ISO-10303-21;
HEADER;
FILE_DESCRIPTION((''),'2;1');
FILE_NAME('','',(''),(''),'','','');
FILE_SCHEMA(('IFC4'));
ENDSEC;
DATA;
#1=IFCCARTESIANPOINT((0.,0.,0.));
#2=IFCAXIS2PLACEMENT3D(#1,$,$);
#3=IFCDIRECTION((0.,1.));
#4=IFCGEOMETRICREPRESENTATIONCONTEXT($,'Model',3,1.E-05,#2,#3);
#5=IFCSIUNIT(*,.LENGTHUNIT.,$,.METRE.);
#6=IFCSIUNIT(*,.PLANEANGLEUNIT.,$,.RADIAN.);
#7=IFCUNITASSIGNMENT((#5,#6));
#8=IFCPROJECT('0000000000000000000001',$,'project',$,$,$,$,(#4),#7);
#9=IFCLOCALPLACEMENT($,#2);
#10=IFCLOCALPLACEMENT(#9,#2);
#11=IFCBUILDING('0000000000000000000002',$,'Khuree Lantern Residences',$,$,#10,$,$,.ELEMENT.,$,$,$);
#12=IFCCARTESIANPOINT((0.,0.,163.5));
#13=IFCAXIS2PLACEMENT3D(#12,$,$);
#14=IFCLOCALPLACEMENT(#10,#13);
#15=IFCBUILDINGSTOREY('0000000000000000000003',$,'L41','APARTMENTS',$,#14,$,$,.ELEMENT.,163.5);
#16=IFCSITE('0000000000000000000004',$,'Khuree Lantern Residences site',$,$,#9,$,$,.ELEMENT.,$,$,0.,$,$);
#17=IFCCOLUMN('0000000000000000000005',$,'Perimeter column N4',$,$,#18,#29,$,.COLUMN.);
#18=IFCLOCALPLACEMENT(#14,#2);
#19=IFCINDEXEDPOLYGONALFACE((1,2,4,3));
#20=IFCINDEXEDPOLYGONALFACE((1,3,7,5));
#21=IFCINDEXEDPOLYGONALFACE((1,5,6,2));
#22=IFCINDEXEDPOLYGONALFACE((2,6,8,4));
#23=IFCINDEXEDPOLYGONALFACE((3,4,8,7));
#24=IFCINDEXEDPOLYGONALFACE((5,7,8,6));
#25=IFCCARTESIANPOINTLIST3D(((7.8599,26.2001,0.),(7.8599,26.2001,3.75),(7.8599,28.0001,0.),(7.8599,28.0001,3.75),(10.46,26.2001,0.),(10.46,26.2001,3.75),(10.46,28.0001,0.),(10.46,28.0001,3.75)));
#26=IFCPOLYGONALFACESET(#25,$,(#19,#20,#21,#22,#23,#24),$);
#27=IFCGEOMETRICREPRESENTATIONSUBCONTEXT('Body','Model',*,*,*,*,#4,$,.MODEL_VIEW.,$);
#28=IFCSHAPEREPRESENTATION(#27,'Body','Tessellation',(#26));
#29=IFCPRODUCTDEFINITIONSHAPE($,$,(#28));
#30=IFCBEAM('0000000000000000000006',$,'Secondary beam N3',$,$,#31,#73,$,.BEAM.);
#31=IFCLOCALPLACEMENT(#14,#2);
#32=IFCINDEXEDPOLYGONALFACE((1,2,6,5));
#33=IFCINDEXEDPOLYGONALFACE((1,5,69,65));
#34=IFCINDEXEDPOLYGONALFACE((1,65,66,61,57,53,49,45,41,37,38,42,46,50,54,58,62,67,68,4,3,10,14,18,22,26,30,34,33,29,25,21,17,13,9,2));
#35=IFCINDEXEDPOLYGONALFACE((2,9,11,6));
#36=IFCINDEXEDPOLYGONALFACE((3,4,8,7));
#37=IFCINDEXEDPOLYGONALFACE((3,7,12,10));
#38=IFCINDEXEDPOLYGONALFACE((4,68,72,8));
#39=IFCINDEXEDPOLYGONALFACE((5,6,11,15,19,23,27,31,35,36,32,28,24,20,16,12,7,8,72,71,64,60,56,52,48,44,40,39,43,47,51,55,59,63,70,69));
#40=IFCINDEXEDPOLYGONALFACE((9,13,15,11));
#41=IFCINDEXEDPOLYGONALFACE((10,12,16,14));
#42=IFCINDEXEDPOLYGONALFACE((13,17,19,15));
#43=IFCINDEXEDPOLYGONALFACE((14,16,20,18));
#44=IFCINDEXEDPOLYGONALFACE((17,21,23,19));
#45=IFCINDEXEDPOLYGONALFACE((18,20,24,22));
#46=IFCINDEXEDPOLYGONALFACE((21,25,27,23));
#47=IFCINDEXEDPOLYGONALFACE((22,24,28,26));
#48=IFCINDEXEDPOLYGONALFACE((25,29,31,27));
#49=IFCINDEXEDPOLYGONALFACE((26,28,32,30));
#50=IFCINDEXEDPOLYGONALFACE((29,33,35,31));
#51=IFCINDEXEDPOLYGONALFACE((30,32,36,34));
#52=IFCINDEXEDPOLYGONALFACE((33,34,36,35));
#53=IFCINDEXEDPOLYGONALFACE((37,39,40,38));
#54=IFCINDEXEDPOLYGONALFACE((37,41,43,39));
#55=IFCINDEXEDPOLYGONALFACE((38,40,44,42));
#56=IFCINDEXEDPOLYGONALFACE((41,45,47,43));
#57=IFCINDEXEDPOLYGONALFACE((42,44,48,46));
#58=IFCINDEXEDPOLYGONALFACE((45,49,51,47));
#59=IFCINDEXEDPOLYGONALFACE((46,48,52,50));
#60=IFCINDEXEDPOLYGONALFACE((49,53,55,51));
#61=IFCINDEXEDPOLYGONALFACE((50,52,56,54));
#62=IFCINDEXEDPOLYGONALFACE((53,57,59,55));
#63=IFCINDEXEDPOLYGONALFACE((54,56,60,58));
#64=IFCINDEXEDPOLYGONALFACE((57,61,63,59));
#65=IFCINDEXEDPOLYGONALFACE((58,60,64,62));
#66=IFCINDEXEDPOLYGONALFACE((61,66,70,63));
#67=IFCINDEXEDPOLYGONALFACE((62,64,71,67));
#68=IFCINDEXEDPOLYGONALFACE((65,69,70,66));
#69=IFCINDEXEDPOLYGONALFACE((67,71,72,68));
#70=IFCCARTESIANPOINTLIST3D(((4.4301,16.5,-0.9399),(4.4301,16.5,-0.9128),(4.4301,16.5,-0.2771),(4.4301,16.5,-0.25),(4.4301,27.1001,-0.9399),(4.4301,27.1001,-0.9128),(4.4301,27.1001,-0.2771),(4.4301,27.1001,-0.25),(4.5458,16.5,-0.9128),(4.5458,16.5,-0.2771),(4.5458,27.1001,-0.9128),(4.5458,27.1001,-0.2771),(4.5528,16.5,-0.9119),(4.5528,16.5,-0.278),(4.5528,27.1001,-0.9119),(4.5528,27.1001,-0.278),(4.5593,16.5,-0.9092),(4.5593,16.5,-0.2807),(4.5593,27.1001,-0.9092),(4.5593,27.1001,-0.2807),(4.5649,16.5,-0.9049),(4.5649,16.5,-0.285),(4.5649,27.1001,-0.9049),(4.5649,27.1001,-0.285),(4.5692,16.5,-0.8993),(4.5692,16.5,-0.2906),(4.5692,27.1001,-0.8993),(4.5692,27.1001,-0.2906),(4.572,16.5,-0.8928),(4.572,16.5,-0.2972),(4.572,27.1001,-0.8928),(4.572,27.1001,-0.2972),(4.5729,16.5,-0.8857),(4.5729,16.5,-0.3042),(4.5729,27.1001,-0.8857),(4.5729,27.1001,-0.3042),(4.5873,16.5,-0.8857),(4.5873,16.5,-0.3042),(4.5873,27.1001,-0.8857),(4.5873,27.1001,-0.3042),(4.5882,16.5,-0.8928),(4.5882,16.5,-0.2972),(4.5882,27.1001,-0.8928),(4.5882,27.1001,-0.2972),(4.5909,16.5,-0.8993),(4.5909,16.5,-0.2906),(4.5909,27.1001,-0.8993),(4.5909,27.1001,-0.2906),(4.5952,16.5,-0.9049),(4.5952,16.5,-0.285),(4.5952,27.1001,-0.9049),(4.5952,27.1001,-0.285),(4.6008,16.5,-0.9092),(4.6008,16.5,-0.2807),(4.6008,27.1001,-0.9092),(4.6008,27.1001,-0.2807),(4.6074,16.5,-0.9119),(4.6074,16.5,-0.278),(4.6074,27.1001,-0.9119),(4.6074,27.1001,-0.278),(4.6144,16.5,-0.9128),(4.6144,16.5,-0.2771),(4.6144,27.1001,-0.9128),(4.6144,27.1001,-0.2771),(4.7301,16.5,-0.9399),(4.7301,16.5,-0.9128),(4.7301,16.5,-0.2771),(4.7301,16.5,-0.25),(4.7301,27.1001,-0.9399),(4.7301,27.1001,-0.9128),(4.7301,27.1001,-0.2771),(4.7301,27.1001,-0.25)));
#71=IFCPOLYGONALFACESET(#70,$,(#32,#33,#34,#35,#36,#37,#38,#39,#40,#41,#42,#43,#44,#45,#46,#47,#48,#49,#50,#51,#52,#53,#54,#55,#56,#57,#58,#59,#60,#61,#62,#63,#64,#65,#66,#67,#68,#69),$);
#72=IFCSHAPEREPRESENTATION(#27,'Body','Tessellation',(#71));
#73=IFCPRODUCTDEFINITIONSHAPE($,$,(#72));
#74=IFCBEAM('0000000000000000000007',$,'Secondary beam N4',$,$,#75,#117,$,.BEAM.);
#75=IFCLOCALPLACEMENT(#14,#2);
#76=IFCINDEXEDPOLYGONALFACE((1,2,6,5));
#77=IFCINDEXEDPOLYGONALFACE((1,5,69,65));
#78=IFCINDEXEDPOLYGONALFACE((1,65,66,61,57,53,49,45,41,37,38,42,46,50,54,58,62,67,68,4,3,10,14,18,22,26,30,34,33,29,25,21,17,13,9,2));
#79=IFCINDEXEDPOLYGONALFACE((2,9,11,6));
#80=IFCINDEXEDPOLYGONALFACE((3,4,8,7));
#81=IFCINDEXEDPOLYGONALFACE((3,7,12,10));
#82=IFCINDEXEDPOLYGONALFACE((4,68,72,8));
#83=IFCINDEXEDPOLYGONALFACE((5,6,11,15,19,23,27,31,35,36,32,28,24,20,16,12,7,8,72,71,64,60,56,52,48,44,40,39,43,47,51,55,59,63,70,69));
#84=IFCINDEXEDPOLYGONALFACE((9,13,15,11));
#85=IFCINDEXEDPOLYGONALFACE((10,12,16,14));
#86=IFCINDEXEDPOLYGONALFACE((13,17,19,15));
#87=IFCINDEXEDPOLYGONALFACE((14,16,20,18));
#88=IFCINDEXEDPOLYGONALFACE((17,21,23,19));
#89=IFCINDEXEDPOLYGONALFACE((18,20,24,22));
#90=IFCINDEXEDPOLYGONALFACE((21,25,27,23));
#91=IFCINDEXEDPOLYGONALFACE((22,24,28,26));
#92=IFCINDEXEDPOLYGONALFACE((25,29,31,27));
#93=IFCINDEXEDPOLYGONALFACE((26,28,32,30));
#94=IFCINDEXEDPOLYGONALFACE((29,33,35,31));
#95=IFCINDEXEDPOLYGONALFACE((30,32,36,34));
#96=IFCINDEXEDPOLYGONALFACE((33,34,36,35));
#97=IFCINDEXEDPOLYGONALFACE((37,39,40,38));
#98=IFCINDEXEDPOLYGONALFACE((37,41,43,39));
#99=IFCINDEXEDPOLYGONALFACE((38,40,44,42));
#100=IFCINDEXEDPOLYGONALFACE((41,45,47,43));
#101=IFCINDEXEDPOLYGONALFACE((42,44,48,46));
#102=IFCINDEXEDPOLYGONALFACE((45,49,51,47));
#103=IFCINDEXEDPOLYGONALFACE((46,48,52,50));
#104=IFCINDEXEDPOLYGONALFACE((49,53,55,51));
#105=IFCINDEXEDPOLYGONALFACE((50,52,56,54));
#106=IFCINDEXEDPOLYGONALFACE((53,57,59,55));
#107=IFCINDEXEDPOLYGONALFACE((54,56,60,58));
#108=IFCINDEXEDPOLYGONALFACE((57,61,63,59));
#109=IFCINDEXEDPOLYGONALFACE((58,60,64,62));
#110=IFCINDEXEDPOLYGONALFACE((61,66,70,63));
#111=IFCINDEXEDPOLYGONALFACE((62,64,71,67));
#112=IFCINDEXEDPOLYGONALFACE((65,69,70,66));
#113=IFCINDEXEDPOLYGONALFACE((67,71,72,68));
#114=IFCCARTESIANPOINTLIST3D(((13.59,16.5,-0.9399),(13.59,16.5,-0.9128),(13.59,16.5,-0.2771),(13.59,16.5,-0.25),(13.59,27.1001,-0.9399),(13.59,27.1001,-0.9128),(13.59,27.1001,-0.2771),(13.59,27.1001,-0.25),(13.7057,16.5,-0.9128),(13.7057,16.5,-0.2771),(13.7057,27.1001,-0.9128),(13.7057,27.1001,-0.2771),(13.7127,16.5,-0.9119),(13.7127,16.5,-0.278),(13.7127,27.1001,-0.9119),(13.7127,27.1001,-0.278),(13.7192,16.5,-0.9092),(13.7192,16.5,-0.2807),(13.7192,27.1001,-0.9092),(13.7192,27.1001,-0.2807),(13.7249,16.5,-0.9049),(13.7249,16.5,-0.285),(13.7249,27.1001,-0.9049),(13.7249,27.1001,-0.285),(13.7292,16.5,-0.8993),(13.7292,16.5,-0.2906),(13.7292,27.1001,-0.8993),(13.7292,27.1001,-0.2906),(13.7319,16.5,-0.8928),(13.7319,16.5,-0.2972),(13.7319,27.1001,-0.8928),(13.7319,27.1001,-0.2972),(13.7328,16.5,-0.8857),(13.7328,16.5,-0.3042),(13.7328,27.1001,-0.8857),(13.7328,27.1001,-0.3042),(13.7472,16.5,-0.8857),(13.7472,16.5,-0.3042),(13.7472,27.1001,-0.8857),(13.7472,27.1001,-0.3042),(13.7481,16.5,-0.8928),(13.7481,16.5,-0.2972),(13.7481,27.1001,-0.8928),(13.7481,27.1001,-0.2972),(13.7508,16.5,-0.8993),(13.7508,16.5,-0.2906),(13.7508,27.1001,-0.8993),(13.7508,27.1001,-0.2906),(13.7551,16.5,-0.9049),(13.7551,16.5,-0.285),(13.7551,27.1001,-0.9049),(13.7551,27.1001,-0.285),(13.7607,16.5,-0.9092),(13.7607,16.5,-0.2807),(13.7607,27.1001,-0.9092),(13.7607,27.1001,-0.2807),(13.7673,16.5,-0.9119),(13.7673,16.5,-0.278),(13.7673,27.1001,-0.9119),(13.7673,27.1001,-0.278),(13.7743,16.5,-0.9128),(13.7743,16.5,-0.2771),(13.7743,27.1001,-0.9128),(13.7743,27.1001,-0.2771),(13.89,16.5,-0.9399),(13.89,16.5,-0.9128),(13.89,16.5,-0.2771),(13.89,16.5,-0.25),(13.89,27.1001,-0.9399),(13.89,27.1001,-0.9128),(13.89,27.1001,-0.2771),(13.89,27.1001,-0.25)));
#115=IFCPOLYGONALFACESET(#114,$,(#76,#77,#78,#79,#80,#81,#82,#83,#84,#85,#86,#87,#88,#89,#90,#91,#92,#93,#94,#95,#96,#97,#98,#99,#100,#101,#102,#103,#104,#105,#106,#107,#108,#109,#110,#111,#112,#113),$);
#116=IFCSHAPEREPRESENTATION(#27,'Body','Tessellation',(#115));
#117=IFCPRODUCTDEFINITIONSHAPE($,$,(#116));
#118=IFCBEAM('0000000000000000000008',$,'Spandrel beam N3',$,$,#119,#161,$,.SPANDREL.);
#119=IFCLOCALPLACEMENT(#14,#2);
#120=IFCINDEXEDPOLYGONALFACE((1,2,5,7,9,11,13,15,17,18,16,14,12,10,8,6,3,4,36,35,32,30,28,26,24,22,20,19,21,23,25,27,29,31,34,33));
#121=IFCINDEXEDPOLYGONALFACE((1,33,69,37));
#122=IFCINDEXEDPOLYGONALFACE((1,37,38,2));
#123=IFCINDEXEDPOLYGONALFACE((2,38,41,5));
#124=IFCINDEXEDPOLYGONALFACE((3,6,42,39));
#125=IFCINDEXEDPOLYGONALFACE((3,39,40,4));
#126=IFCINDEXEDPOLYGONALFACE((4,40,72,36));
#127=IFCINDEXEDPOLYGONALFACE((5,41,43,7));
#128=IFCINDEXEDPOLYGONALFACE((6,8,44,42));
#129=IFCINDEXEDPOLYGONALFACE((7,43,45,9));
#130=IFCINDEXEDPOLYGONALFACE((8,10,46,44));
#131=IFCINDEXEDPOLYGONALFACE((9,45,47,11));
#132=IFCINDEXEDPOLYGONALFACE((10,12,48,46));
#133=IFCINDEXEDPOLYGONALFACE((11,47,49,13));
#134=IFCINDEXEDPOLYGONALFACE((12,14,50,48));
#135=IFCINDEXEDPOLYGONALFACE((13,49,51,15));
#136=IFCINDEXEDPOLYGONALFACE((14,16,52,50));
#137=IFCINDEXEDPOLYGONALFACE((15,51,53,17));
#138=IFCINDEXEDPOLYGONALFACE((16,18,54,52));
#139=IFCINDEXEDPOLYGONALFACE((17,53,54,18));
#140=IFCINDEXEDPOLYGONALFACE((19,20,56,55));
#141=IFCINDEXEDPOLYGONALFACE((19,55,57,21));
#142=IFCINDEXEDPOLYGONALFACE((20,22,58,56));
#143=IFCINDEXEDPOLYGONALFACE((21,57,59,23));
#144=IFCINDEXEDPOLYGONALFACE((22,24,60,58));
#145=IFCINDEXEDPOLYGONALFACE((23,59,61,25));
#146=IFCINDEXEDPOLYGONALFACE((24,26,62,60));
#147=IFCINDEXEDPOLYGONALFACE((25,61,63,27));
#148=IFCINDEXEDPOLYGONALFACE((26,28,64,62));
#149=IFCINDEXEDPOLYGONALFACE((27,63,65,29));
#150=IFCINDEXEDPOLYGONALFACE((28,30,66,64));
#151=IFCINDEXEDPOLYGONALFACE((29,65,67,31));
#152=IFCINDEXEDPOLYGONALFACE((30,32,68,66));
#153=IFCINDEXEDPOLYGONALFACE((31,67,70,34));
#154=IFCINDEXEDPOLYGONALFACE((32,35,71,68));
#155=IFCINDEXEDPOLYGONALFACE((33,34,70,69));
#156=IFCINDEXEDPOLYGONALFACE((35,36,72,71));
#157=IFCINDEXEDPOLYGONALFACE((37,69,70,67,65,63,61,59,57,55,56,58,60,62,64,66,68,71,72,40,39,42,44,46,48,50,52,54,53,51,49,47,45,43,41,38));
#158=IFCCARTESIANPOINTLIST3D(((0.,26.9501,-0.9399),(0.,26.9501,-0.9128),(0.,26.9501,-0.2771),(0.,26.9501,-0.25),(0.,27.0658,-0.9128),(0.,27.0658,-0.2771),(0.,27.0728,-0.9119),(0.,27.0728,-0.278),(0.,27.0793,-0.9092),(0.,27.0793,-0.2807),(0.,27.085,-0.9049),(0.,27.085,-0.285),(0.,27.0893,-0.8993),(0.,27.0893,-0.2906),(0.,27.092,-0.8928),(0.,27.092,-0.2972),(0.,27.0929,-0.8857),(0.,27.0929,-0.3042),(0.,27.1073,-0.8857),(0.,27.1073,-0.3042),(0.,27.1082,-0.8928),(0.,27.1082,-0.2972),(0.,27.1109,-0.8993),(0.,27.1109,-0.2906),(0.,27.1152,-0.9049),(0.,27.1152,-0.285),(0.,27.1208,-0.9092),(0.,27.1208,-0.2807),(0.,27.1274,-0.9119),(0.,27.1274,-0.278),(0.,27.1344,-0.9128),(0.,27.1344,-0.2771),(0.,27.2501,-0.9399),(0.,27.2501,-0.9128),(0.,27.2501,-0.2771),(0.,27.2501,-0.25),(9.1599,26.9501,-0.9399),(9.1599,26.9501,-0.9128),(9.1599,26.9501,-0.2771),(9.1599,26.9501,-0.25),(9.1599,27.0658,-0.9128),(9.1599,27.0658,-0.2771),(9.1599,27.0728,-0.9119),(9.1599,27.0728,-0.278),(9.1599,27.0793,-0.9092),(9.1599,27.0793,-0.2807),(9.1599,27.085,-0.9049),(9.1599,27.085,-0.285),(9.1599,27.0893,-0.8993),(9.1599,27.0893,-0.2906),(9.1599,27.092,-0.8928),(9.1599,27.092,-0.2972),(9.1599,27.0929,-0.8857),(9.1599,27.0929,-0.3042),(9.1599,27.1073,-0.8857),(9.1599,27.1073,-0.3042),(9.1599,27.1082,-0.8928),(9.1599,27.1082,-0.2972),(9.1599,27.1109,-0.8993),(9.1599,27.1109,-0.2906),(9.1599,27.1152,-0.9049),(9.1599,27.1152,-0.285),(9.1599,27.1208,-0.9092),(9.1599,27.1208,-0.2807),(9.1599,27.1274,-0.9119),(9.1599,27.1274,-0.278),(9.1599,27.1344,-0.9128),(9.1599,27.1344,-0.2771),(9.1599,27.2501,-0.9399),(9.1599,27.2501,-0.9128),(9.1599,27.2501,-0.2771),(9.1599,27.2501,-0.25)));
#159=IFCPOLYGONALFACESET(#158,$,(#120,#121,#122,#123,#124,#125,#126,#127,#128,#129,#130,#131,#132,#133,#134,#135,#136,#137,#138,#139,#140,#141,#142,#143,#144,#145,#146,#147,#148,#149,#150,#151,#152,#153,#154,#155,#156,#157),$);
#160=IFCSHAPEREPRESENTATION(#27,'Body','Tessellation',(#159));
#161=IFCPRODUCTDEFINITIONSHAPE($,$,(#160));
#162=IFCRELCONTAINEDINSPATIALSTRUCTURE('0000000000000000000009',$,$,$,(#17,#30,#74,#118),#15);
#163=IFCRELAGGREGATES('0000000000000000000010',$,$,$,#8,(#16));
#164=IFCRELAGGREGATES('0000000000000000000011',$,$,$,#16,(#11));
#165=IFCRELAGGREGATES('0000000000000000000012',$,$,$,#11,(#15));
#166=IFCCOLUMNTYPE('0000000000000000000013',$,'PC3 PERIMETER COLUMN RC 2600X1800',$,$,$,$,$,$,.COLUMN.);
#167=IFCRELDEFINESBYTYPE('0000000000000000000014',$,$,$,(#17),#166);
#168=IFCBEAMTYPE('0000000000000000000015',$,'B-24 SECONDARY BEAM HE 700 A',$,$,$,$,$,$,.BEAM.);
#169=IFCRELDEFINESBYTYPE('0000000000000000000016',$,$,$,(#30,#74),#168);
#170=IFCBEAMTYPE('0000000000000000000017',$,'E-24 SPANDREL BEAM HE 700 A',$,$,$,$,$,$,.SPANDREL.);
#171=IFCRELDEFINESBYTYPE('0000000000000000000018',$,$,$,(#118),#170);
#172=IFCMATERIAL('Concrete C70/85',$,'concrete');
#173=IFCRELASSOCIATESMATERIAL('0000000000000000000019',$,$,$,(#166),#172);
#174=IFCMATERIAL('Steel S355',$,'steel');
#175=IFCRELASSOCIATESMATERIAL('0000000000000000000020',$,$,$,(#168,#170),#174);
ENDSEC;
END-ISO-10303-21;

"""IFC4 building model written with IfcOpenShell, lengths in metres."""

from ifc_helpers import new_model, si_unit, direction, frame, origin, origin_2d, place, context, subcontext, project, spatial, rectangle, i_section, extrude, material, material_profile, profile_set, type_object, element, save


model = new_model("IFC4")

# Units and contexts
model_context = context("Model", 3, precision=1e-05, world=origin(), true_north=direction((0.0, 1.0)))
body_context = subcontext(model_context, "Body", "Model", "MODEL_VIEW")
ifc_project = project(units=[si_unit("LENGTHUNIT", "METRE"), si_unit("PLANEANGLEUNIT", "RADIAN")], contexts=[model_context])

# Site, building, storey
site_placement = place(None, origin())
site = spatial("IfcSite", under=ifc_project, at=site_placement, Name="Khuree Lantern Residences site", CompositionType="ELEMENT", RefElevation=0.0)
building_placement = place(site_placement, origin())
building = spatial("IfcBuilding", under=site, at=building_placement, Name="Khuree Lantern Residences", CompositionType="ELEMENT")
storey_placement = place(building_placement, frame((0.0, 0.0, 163.5)))
storey = spatial("IfcBuildingStorey", under=building, at=storey_placement, Name="L41", Description="APARTMENTS", CompositionType="ELEMENT", Elevation=163.5)

# Column
ifc_material_1 = material(Name="Concrete C70/85", Category="concrete")
ifc_material_profile_1 = material_profile(ifc_material_1, rectangle(XDim=2.6001, YDim=1.8, at=origin_2d()), Name="RC 2600X1800")
ifc_profile_set_1 = profile_set([ifc_material_profile_1], Name="Concrete C70/85")
column_type = type_object("IfcColumnType", Name="PC3 PERIMETER COLUMN RC 2600X1800", PredefinedType="COLUMN", material=ifc_profile_set_1)
column_placement = place(storey_placement, frame((9.1599, 27.1001, 0.0), z_axis=(0.0, 0.0, 1.0), x_axis=(1.0, 0.0, 0.0)))
element("IfcColumn", 1, at=column_placement, inside=storey, type_object=column_type, Name="Perimeter column N4", PredefinedType="COLUMN", context=body_context, shape_type="SweptSolid", body=[
    extrude(rectangle(XDim=2.6001, YDim=1.8, at=origin_2d()), origin(), (0.0, 0.0, 1.0), 3.75),
])

# Beams
ifc_material_2 = material(Name="Steel S355", Category="steel")
ifc_material_profile_2 = material_profile(ifc_material_2, i_section(OverallWidth=0.3, OverallDepth=0.6899, WebThickness=0.0144, FlangeThickness=0.0271, FilletRadius=0.0271, at=origin_2d()), Name="HE 700 A")
ifc_profile_set_2 = profile_set([ifc_material_profile_2], Name="Steel S355")
beam_type_1 = type_object("IfcBeamType", Name="B-24 SECONDARY BEAM HE 700 A", PredefinedType="BEAM", material=ifc_profile_set_2)
for number, where, z_axis, x_axis, name in (
    (2, (4.5801, 27.1001, -0.595), (0.0, -1.0, 0.0), (1.0, 0.0, 0.0), "Secondary beam N3"),
    (3, (13.74, 27.1001, -0.595), (0.0, -1.0, 0.0), (1.0, 0.0, 0.0), "Secondary beam N4"),
):
    element("IfcBeam", number, at=place(storey_placement, frame(where, z_axis=z_axis, x_axis=x_axis)), inside=storey, type_object=beam_type_1, Name=name, PredefinedType="BEAM", context=body_context, shape_type="SweptSolid", body=[
        extrude(i_section(OverallWidth=0.3, OverallDepth=0.6899, WebThickness=0.0144, FlangeThickness=0.0271, FilletRadius=0.0271, at=origin_2d()), origin(), (0.0, 0.0, 1.0), 10.6001),
    ])
ifc_material_profile_3 = material_profile(ifc_material_2, i_section(OverallWidth=0.3, OverallDepth=0.6899, WebThickness=0.0144, FlangeThickness=0.0271, FilletRadius=0.0271, at=origin_2d()), Name="HE 700 A")
ifc_profile_set_3 = profile_set([ifc_material_profile_3], Name="Steel S355")
beam_type_2 = type_object("IfcBeamType", Name="E-24 SPANDREL BEAM HE 700 A", PredefinedType="SPANDREL", material=ifc_profile_set_3)
beam_1_placement = place(storey_placement, frame((0.0, 27.1001, -0.595), z_axis=(1.0, 0.0, 0.0), x_axis=(0.0, 1.0, 0.0)))
element("IfcBeam", 4, at=beam_1_placement, inside=storey, type_object=beam_type_2, Name="Spandrel beam N3", PredefinedType="SPANDREL", context=body_context, shape_type="SweptSolid", body=[
    extrude(i_section(OverallWidth=0.3, OverallDepth=0.6899, WebThickness=0.0144, FlangeThickness=0.0271, FilletRadius=0.0271, at=origin_2d()), origin(), (0.0, 0.0, 1.0), 9.1599),
])

save(model, "model.ifc")
